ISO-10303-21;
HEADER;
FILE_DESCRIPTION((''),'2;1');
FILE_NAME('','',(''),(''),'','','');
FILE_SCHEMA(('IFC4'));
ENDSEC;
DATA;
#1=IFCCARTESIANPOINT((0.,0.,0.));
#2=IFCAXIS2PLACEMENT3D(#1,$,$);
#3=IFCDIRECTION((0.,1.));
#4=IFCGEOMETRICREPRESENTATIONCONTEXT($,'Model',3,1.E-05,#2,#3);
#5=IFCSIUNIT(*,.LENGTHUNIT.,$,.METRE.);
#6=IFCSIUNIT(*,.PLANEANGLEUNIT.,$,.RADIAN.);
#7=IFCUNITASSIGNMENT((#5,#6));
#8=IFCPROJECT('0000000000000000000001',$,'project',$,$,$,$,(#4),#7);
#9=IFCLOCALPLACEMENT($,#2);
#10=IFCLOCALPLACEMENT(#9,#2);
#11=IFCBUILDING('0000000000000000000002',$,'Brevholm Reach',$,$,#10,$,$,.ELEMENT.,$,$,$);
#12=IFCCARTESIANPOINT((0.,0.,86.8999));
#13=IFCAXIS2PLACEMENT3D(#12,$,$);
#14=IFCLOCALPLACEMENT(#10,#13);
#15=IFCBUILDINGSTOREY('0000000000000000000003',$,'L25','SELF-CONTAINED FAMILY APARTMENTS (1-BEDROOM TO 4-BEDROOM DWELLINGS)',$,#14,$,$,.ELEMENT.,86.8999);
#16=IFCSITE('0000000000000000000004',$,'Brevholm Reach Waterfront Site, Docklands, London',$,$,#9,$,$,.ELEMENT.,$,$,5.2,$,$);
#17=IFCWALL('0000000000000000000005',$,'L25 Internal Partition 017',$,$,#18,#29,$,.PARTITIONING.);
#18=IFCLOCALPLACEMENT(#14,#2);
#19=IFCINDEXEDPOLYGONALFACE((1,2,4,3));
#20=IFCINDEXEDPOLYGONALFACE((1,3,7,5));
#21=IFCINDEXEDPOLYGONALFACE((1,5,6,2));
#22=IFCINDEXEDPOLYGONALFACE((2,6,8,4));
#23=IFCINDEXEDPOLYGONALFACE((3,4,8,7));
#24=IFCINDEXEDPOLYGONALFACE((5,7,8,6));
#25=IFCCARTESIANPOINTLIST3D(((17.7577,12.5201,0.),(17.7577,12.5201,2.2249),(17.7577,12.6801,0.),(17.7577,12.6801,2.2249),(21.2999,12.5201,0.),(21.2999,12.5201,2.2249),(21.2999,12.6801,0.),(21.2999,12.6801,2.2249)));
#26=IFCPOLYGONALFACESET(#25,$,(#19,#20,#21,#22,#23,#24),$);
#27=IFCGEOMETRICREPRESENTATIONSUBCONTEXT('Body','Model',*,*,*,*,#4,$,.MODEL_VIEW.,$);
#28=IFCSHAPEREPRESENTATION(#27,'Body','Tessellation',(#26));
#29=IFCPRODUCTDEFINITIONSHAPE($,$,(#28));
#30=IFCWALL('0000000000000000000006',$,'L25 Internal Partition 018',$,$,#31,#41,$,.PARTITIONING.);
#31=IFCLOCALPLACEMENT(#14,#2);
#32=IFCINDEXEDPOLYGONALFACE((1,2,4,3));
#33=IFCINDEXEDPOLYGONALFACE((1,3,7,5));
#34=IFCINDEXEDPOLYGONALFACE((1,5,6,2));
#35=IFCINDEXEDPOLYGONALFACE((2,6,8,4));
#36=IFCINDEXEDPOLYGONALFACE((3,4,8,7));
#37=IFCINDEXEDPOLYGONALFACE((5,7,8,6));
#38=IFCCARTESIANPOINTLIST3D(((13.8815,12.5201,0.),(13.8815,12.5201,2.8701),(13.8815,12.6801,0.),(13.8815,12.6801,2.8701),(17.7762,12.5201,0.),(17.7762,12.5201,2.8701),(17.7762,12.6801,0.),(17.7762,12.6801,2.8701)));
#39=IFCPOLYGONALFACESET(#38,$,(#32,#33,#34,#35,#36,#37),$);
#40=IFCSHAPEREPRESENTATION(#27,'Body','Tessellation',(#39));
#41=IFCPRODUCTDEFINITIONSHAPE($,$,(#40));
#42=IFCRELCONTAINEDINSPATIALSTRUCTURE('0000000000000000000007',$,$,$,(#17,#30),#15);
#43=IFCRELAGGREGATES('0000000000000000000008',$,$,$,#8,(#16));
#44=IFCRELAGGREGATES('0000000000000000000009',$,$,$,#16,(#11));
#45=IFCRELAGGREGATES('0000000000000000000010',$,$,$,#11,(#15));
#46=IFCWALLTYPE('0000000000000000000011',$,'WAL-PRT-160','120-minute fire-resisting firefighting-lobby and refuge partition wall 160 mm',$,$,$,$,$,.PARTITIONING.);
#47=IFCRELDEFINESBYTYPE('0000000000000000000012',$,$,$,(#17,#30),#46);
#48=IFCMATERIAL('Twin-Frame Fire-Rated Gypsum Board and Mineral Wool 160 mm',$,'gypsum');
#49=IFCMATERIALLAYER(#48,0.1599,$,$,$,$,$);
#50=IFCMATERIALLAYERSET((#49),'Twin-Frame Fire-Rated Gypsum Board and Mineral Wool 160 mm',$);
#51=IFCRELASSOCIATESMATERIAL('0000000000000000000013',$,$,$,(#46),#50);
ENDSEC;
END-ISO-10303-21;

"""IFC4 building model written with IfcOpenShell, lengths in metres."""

from ifc_helpers import new_model, si_unit, direction, frame, frame_2d, origin, place, context, subcontext, project, spatial, rectangle, extrude, material, layer, layer_set, type_object, element, save


model = new_model("IFC4")

# Units and contexts
model_context = context("Model", 3, precision=1e-05, world=origin(), true_north=direction((0.0, 1.0)))
body_context = subcontext(model_context, "Body", "Model", "MODEL_VIEW")
ifc_project = project(units=[si_unit("LENGTHUNIT", "METRE"), si_unit("PLANEANGLEUNIT", "RADIAN")], contexts=[model_context])

# Site, building, storey
site_placement = place(None, origin())
site = spatial("IfcSite", under=ifc_project, at=site_placement, Name="Brevholm Reach Waterfront Site, Docklands, London", CompositionType="ELEMENT", RefElevation=5.2)
building_placement = place(site_placement, origin())
building = spatial("IfcBuilding", under=site, at=building_placement, Name="Brevholm Reach", CompositionType="ELEMENT")
storey_placement = place(building_placement, frame((0.0, 0.0, 86.8999)))
storey = spatial("IfcBuildingStorey", under=building, at=storey_placement, Name="L25", Description="SELF-CONTAINED FAMILY APARTMENTS (1-BEDROOM TO 4-BEDROOM DWELLINGS)", CompositionType="ELEMENT", Elevation=86.8999)

# Shared definitions
ifc_material_1 = material(Name="Twin-Frame Fire-Rated Gypsum Board and Mineral Wool 160 mm", Category="gypsum")
ifc_layer_1 = layer(ifc_material_1, 0.1599)
ifc_layer_set_1 = layer_set([ifc_layer_1], Name="Twin-Frame Fire-Rated Gypsum Board and Mineral Wool 160 mm")
wall_type_1 = type_object("IfcWallType", Name="WAL-PRT-160", Description="120-minute fire-resisting firefighting-lobby and refuge partition wall 160 mm", PredefinedType="PARTITIONING", material=ifc_layer_set_1)

# Walls
wall_1_placement = place(storey_placement, frame((17.7578, 12.6001, 0.0), z_axis=(0.0, 0.0, 1.0), x_axis=(1.0, 0.0, 0.0)))
element("IfcWall", 1, at=wall_1_placement, inside=storey, type_object=wall_type_1, Name="L25 Internal Partition 017", PredefinedType="PARTITIONING", context=body_context, shape_type="SweptSolid", body=[
    extrude(rectangle(XDim=3.5422, YDim=0.1599, at=frame_2d((1.771, 0.0))), origin(), (0.0, 0.0, 1.0), 2.2249),
])
wall_2_placement = place(storey_placement, frame((13.8816, 12.6001, 0.0), z_axis=(0.0, 0.0, 1.0), x_axis=(1.0, 0.0, 0.0)))
element("IfcWall", 2, at=wall_2_placement, inside=storey, type_object=wall_type_1, Name="L25 Internal Partition 018", PredefinedType="PARTITIONING", context=body_context, shape_type="SweptSolid", body=[
    extrude(rectangle(XDim=3.8948, YDim=0.1599, at=frame_2d((1.9473, 0.0))), origin(), (0.0, 0.0, 1.0), 2.8701),
])

save(model, "model.ifc")
